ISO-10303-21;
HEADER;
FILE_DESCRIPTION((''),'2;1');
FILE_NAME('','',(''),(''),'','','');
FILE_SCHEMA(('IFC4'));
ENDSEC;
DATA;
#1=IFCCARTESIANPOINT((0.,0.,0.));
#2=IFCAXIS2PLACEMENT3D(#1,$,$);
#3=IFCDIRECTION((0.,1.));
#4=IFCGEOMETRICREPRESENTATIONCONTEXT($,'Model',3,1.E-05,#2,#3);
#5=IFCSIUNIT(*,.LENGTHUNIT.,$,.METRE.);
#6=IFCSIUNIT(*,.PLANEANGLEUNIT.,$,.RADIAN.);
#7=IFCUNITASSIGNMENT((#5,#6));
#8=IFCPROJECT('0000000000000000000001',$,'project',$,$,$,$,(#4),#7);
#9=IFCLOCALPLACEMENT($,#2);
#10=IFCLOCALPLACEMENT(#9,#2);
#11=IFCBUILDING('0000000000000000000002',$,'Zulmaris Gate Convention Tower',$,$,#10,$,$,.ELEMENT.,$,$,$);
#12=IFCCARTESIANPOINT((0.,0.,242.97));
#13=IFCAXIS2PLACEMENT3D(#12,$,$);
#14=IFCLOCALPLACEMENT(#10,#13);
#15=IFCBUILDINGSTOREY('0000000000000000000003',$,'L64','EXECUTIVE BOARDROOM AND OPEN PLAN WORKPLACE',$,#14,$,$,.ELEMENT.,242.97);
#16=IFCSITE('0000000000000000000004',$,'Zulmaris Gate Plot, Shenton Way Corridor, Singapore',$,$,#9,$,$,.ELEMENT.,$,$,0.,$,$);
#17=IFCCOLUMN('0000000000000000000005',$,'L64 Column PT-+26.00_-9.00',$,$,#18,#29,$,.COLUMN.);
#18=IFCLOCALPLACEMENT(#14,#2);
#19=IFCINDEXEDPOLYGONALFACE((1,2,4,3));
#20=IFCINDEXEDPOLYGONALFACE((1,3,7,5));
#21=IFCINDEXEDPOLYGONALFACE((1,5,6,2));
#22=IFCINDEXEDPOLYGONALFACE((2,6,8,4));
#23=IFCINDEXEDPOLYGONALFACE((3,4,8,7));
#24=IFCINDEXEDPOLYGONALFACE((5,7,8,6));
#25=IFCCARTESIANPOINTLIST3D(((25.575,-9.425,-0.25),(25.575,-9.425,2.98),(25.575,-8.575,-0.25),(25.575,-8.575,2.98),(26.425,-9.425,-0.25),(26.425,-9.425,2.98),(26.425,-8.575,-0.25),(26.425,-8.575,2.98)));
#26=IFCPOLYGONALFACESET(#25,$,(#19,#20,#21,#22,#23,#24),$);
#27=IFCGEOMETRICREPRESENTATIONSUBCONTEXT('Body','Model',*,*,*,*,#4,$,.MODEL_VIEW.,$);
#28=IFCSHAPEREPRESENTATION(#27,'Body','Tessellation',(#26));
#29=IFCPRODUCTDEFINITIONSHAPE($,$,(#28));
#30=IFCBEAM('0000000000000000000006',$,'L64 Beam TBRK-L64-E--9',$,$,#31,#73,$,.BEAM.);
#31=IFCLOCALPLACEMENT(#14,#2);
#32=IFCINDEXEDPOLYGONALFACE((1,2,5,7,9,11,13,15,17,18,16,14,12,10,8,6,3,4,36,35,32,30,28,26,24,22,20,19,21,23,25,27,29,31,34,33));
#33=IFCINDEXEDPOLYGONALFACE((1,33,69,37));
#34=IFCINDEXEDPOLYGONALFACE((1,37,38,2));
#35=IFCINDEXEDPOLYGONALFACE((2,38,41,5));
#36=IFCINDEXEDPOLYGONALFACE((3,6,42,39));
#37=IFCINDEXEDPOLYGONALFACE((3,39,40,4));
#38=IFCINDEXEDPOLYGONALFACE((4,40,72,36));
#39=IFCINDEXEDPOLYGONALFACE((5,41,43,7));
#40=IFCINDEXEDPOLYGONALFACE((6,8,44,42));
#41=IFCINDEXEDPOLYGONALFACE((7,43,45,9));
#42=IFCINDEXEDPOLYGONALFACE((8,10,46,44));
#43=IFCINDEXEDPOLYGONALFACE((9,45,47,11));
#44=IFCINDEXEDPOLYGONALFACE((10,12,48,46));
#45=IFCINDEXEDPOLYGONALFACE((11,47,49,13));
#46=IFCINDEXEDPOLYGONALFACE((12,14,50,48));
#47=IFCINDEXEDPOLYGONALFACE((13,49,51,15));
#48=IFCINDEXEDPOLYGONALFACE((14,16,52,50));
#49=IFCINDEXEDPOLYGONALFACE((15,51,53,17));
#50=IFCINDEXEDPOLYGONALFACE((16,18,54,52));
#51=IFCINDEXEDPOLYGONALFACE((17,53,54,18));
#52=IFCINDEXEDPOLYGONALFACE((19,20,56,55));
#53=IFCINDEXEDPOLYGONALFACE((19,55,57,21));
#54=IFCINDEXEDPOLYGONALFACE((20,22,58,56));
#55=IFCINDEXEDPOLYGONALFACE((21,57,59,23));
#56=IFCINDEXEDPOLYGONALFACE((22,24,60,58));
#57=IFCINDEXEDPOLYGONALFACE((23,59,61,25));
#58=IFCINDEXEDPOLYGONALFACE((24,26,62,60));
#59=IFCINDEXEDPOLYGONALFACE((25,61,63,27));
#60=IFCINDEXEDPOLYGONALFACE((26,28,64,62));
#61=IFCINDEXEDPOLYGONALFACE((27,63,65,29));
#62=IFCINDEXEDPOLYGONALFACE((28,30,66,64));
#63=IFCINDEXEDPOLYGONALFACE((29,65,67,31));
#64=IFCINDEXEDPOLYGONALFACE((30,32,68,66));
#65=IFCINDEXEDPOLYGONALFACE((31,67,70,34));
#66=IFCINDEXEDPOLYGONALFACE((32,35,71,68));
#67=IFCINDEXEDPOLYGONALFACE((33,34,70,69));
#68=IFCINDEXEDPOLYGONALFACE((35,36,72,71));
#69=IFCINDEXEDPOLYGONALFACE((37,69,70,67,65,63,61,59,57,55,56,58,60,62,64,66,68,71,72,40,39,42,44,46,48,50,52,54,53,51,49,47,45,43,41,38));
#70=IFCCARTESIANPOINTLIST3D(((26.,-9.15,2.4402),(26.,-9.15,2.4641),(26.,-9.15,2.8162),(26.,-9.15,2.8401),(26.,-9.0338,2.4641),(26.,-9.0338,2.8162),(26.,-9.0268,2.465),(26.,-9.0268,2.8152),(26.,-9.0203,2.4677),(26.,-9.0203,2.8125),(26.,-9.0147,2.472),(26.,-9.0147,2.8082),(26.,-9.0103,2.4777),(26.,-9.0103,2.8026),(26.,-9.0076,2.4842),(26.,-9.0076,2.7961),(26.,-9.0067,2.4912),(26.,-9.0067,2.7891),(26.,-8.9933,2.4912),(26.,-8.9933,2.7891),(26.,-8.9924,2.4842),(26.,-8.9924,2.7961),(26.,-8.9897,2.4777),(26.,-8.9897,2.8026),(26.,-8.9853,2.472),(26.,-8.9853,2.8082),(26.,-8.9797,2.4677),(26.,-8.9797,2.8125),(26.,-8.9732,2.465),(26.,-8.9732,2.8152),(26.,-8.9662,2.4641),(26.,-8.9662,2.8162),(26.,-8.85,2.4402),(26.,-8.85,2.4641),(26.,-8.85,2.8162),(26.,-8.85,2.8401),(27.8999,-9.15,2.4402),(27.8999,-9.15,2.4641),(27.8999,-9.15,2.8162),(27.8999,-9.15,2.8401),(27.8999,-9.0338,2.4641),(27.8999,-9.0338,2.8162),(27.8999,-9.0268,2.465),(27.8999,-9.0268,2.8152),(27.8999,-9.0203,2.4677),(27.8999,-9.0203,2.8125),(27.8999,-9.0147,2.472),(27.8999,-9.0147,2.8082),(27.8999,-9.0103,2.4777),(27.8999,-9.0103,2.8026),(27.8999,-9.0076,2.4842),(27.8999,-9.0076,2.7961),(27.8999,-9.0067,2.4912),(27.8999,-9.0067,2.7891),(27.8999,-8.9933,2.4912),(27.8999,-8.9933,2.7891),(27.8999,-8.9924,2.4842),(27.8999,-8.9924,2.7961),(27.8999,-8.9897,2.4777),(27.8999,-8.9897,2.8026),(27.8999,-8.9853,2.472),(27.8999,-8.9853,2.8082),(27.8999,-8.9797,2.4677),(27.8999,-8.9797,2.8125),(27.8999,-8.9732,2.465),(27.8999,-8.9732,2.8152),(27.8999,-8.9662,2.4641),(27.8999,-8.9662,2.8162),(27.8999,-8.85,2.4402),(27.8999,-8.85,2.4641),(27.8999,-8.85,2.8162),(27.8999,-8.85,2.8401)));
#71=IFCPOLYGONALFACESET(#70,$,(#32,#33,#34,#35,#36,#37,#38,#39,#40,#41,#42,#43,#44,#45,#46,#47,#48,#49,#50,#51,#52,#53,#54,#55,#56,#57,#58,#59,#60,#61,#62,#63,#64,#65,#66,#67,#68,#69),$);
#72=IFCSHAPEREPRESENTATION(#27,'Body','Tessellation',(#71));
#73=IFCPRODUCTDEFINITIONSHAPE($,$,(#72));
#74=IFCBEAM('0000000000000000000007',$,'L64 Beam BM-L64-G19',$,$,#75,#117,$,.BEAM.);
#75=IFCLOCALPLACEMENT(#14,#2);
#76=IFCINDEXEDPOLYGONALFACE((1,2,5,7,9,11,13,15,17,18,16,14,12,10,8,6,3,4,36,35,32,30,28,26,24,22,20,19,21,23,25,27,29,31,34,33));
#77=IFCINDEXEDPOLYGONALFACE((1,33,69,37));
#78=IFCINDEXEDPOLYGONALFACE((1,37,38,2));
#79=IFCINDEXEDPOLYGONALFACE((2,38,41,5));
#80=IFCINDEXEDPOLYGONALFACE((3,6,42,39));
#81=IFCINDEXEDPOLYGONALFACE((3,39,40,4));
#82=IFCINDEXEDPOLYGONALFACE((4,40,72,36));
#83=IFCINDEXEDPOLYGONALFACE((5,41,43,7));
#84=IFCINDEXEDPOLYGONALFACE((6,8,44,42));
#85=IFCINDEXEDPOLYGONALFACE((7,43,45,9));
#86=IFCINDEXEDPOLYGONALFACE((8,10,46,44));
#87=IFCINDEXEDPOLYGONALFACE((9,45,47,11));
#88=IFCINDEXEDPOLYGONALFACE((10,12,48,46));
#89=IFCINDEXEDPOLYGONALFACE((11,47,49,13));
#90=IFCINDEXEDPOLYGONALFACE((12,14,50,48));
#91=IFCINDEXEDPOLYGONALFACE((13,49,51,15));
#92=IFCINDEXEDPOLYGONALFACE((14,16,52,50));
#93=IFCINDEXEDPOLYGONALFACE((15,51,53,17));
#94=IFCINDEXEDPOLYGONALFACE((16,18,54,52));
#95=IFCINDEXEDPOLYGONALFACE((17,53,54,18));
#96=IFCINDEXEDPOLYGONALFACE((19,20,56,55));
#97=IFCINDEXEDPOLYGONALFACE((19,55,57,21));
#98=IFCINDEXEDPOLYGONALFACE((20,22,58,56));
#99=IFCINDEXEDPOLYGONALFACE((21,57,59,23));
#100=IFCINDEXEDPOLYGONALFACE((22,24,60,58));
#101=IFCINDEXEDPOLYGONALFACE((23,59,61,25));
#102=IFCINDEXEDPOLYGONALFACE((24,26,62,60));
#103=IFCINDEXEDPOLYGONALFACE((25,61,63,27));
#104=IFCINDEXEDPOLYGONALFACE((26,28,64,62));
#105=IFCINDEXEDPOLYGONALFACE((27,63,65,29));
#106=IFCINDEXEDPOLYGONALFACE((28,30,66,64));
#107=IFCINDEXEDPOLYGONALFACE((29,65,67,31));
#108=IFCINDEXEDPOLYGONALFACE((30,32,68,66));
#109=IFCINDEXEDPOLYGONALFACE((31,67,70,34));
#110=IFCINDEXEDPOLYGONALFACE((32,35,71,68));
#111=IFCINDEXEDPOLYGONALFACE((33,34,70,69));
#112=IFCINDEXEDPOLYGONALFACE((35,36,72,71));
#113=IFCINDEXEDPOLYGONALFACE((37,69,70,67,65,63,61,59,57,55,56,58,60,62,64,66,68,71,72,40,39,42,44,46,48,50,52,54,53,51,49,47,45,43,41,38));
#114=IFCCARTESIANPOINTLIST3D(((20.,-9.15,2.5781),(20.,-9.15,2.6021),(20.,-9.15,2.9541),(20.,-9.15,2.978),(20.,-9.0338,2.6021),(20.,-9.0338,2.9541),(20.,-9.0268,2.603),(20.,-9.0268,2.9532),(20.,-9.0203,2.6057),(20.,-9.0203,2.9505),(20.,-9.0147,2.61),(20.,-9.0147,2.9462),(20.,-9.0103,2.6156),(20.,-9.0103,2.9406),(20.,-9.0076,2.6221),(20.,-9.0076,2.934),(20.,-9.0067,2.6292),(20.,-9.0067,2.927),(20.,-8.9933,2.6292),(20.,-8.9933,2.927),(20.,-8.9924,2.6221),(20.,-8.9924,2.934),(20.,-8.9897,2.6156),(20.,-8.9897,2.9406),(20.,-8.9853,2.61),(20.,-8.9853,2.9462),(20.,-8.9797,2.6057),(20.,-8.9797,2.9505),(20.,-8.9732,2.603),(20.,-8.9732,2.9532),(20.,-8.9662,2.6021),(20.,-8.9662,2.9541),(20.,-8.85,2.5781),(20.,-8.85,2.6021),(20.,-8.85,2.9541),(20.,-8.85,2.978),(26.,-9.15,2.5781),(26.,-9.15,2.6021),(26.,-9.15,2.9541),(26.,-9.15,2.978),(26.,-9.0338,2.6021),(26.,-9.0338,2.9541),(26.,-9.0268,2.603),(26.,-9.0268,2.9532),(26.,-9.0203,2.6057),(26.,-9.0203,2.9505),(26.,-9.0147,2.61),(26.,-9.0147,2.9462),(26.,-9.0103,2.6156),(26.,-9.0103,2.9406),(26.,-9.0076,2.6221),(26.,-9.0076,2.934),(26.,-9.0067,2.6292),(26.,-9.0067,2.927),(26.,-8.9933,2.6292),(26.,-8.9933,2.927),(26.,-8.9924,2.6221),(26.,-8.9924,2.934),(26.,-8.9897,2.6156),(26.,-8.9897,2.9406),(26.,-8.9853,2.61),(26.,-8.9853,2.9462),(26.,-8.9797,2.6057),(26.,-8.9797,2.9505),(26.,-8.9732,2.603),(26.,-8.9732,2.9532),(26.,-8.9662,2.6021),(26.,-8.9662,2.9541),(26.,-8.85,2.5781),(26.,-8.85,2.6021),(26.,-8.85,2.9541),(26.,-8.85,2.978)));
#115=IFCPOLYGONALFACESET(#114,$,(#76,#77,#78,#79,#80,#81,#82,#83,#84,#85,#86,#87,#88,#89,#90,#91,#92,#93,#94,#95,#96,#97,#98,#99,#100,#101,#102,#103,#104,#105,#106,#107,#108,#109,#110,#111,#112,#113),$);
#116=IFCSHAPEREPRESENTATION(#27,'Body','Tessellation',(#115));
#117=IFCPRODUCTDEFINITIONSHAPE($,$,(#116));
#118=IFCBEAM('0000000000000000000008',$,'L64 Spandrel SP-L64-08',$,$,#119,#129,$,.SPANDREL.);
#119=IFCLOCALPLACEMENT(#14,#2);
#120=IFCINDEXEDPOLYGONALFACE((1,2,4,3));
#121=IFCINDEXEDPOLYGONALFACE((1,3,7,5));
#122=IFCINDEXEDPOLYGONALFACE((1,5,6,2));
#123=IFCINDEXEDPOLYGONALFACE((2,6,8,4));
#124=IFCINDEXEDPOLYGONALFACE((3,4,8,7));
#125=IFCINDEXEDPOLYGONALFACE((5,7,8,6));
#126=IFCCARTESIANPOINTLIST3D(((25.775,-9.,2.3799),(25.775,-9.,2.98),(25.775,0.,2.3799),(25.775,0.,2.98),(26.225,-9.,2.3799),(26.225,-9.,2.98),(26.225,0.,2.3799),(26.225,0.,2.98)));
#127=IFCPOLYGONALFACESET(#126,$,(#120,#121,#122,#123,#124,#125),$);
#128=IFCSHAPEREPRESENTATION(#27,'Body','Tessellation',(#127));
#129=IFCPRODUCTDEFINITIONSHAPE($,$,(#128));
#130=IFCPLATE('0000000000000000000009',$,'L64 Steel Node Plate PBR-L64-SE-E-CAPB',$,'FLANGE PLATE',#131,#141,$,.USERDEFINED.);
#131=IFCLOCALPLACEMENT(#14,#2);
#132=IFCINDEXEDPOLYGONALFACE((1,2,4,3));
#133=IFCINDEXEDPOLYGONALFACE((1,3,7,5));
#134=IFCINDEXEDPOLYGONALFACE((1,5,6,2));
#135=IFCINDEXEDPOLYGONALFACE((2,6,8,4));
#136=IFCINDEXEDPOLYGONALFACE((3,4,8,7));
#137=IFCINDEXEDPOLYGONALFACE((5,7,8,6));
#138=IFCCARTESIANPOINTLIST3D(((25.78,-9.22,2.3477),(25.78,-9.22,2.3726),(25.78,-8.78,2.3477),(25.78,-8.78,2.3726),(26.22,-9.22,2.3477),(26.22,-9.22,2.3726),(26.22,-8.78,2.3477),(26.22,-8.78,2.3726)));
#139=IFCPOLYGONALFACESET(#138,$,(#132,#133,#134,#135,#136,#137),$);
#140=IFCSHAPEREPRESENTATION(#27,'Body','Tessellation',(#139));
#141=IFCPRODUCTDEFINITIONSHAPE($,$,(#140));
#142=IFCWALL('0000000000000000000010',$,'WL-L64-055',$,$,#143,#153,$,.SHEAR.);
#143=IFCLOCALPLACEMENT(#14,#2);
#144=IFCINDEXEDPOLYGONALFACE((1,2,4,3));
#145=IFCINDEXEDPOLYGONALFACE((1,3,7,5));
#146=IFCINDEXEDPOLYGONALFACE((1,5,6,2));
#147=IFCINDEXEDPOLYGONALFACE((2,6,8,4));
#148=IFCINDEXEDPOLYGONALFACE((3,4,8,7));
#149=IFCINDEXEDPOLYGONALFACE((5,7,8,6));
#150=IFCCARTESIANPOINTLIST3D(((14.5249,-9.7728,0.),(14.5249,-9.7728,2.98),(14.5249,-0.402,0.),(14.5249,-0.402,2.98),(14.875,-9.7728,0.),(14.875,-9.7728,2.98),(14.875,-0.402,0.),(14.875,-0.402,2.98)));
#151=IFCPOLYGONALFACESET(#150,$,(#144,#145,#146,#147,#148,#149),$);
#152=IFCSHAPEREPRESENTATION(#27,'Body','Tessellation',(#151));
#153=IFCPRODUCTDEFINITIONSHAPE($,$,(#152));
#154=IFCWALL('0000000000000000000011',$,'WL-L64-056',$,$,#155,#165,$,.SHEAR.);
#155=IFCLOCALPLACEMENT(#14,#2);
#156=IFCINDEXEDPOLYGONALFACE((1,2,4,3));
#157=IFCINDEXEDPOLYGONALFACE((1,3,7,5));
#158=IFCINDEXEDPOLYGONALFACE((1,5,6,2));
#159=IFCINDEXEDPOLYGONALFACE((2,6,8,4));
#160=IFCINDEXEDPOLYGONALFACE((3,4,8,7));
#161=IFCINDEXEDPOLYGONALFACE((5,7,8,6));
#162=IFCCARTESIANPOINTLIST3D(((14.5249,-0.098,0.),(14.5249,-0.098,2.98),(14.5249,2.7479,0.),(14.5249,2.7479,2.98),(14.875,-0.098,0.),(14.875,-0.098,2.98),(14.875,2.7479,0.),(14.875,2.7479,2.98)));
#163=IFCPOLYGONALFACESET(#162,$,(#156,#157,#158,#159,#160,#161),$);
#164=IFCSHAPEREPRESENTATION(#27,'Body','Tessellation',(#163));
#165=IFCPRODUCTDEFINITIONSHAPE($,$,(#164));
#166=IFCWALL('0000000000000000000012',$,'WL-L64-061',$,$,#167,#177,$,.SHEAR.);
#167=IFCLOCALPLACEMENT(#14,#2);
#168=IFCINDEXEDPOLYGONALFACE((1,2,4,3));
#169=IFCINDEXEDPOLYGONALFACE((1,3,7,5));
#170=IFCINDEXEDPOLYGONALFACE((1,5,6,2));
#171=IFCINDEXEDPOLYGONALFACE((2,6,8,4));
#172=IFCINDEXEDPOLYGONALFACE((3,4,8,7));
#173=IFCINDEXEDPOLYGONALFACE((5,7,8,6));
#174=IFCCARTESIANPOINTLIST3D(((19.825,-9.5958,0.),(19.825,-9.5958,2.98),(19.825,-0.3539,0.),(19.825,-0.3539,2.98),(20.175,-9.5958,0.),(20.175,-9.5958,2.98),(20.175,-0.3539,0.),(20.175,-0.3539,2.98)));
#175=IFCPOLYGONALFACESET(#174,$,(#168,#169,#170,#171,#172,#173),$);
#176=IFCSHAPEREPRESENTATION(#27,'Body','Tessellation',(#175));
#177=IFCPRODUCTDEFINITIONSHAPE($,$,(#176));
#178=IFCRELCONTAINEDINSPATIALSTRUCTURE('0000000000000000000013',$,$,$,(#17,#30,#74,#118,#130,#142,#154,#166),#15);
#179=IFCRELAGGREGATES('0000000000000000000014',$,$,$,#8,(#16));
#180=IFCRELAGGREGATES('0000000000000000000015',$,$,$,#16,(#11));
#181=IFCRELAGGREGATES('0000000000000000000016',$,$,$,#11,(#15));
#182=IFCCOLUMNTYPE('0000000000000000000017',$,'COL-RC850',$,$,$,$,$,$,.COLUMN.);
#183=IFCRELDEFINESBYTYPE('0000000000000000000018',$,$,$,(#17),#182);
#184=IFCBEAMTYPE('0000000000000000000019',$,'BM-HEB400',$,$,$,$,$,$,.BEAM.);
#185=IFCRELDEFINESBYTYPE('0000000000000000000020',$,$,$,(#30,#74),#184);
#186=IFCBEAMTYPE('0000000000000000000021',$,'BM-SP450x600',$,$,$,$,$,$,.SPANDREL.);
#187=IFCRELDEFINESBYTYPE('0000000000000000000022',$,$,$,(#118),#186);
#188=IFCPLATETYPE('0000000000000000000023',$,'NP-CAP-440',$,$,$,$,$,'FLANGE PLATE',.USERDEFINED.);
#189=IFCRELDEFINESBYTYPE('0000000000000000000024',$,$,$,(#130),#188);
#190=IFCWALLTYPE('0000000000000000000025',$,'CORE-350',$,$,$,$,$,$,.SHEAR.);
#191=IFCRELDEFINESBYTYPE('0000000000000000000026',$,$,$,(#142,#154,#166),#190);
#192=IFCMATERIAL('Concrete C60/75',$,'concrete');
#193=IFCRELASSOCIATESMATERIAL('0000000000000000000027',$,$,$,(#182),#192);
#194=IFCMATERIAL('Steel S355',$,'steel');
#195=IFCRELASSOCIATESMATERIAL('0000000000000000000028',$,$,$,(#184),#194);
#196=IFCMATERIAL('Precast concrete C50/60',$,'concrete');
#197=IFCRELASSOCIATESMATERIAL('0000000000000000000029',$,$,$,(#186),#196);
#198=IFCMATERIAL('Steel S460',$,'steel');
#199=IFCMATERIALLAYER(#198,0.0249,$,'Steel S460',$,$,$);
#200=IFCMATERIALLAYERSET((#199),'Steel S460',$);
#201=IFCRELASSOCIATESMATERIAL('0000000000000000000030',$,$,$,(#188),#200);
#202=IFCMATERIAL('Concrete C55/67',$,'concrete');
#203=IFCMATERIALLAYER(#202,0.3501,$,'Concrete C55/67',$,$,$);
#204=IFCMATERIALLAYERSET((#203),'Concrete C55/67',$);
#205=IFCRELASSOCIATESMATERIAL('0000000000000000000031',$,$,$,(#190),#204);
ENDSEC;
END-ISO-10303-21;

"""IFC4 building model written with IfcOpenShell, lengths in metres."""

from ifc_helpers import new_model, si_unit, direction, frame, frame_2d, origin, origin_2d, place, context, subcontext, project, spatial, rectangle, i_section, extrude, material, layer, layer_set, material_profile, profile_set, type_object, element, save


model = new_model("IFC4")

# Units and contexts
model_context = context("Model", 3, precision=1e-05, world=origin(), true_north=direction((0.0, 1.0)))
body_context = subcontext(model_context, "Body", "Model", "MODEL_VIEW")
ifc_project = project(units=[si_unit("LENGTHUNIT", "METRE"), si_unit("PLANEANGLEUNIT", "RADIAN")], contexts=[model_context])

# Site, building, storey
site_placement = place(None, origin())
site = spatial("IfcSite", under=ifc_project, at=site_placement, Name="Zulmaris Gate Plot, Shenton Way Corridor, Singapore", CompositionType="ELEMENT", RefElevation=0.0)
building_placement = place(site_placement, origin())
building = spatial("IfcBuilding", under=site, at=building_placement, Name="Zulmaris Gate Convention Tower", CompositionType="ELEMENT")
storey_placement = place(building_placement, frame((0.0, 0.0, 242.97)))
storey = spatial("IfcBuildingStorey", under=building, at=storey_placement, Name="L64", Description="EXECUTIVE BOARDROOM AND OPEN PLAN WORKPLACE", CompositionType="ELEMENT", Elevation=242.97)

# Column
ifc_material_1 = material(Name="Concrete C60/75", Category="concrete")
ifc_material_profile_1 = material_profile(ifc_material_1, rectangle(XDim=0.8501, YDim=0.8501, at=origin_2d()), Name="RC COL 850x850")
ifc_profile_set_1 = profile_set([ifc_material_profile_1], Name="Concrete C60/75")
column_type = type_object("IfcColumnType", Name="COL-RC850", PredefinedType="COLUMN", material=ifc_profile_set_1)
column_placement = place(storey_placement, frame((26.0, -9.0, -0.25), z_axis=(0.0, 0.0, 1.0), x_axis=(1.0, 0.0, 0.0)))
element("IfcColumn", 1, at=column_placement, inside=storey, type_object=column_type, Name="L64 Column PT-+26.00_-9.00", PredefinedType="COLUMN", context=body_context, shape_type="SweptSolid", body=[
    extrude(rectangle(XDim=0.8501, YDim=0.8501, at=origin_2d()), origin(), (0.0, 0.0, 1.0), 3.23),
])

# Beams
ifc_material_2 = material(Name="Steel S355", Category="steel")
ifc_material_profile_2 = material_profile(ifc_material_2, i_section(OverallWidth=0.3, OverallDepth=0.3999, WebThickness=0.0134, FlangeThickness=0.0239, FilletRadius=0.0271, at=origin_2d()), Name="HEB 400")
ifc_profile_set_2 = profile_set([ifc_material_profile_2], Name="Steel S355")
beam_type_1 = type_object("IfcBeamType", Name="BM-HEB400", PredefinedType="BEAM", material=ifc_profile_set_2)
beam_1_placement = place(storey_placement, frame((26.0, -9.0, 2.6401), z_axis=(1.0, 0.0, 0.0), x_axis=(0.0, 1.0, 0.0)))
element("IfcBeam", 2, at=beam_1_placement, inside=storey, type_object=beam_type_1, Name="L64 Beam TBRK-L64-E--9", PredefinedType="BEAM", context=body_context, shape_type="SweptSolid", body=[
    extrude(i_section(OverallWidth=0.3, OverallDepth=0.3999, WebThickness=0.0134, FlangeThickness=0.0239, FilletRadius=0.0271, at=origin_2d()), origin(), (0.0, 0.0, 1.0), 1.8999),
])
beam_2_placement = place(storey_placement, frame((20.0, -9.0, 2.7781), z_axis=(1.0, 0.0, 0.0), x_axis=(0.0, 1.0, 0.0)))
element("IfcBeam", 3, at=beam_2_placement, inside=storey, type_object=beam_type_1, Name="L64 Beam BM-L64-G19", PredefinedType="BEAM", context=body_context, shape_type="SweptSolid", body=[
    extrude(i_section(OverallWidth=0.3, OverallDepth=0.3999, WebThickness=0.0134, FlangeThickness=0.0239, FilletRadius=0.0271, at=origin_2d()), origin(), (0.0, 0.0, 1.0), 6.0),
])
ifc_material_3 = material(Name="Precast concrete C50/60", Category="concrete")
ifc_material_profile_3 = material_profile(ifc_material_3, rectangle(XDim=0.45, YDim=0.6001, at=origin_2d()), Name="RC SPANDREL 450x600")
ifc_profile_set_3 = profile_set([ifc_material_profile_3], Name="Precast concrete C50/60")
beam_type_2 = type_object("IfcBeamType", Name="BM-SP450x600", PredefinedType="SPANDREL", material=ifc_profile_set_3)
beam_3_placement = place(storey_placement, frame((26.0, -9.0, 2.6799), z_axis=(0.0, 1.0, 0.0), x_axis=(-1.0, 0.0, 0.0)))
element("IfcBeam", 4, at=beam_3_placement, inside=storey, type_object=beam_type_2, Name="L64 Spandrel SP-L64-08", PredefinedType="SPANDREL", context=body_context, shape_type="SweptSolid", body=[
    extrude(rectangle(XDim=0.45, YDim=0.6001, at=origin_2d()), origin(), (0.0, 0.0, 1.0), 9.0),
])

# Plate
ifc_material_4 = material(Name="Steel S460", Category="steel")
ifc_layer_1 = layer(ifc_material_4, 0.0249, Name="Steel S460")
ifc_layer_set_1 = layer_set([ifc_layer_1], Name="Steel S460")
plate_type = type_object("IfcPlateType", Name="NP-CAP-440", ElementType="FLANGE PLATE", PredefinedType="USERDEFINED", material=ifc_layer_set_1)
plate_placement = place(storey_placement, frame((26.0, -9.0, 2.3477), z_axis=(0.0, 0.0, 1.0), x_axis=(1.0, 0.0, 0.0)))
element("IfcPlate", 5, at=plate_placement, inside=storey, type_object=plate_type, Name="L64 Steel Node Plate PBR-L64-SE-E-CAPB", ObjectType="FLANGE PLATE", PredefinedType="USERDEFINED", context=body_context, shape_type="SweptSolid", body=[
    extrude(rectangle(XDim=0.4399, YDim=0.4399, at=origin_2d()), origin(), (0.0, 0.0, 1.0), 0.0249),
])

# Walls
ifc_material_5 = material(Name="Concrete C55/67", Category="concrete")
ifc_layer_2 = layer(ifc_material_5, 0.3501, Name="Concrete C55/67")
ifc_layer_set_2 = layer_set([ifc_layer_2], Name="Concrete C55/67")
wall_type_1 = type_object("IfcWallType", Name="CORE-350", PredefinedType="SHEAR", material=ifc_layer_set_2)
wall_1_placement = place(storey_placement, frame((14.7, -9.7729, 0.0), z_axis=(0.0, 0.0, 1.0), x_axis=(0.0, 1.0, 0.0)))
element("IfcWall", 6, at=wall_1_placement, inside=storey, type_object=wall_type_1, Name="WL-L64-055", PredefinedType="SHEAR", context=body_context, shape_type="SweptSolid", body=[
    extrude(rectangle(XDim=9.3708, YDim=0.3501, at=frame_2d((4.6855, 0.0))), origin(), (0.0, 0.0, 1.0), 2.98),
])
wall_2_placement = place(storey_placement, frame((14.7, -0.0979, 0.0), z_axis=(0.0, 0.0, 1.0), x_axis=(0.0, 1.0, 0.0)))
element("IfcWall", 7, at=wall_2_placement, inside=storey, type_object=wall_type_1, Name="WL-L64-056", PredefinedType="SHEAR", context=body_context, shape_type="SweptSolid", body=[
    extrude(rectangle(XDim=2.8459, YDim=0.3501, at=frame_2d((1.4229, 0.0))), origin(), (0.0, 0.0, 1.0), 2.98),
])
wall_3_placement = place(storey_placement, frame((20.0, -9.5959, 0.0), z_axis=(0.0, 0.0, 1.0), x_axis=(0.0, 1.0, 0.0)))
element("IfcWall", 8, at=wall_3_placement, inside=storey, type_object=wall_type_1, Name="WL-L64-061", PredefinedType="SHEAR", context=body_context, shape_type="SweptSolid", body=[
    extrude(rectangle(XDim=9.2419, YDim=0.3501, at=frame_2d((4.6211, 0.0))), origin(), (0.0, 0.0, 1.0), 2.98),
])

save(model, "model.ifc")
